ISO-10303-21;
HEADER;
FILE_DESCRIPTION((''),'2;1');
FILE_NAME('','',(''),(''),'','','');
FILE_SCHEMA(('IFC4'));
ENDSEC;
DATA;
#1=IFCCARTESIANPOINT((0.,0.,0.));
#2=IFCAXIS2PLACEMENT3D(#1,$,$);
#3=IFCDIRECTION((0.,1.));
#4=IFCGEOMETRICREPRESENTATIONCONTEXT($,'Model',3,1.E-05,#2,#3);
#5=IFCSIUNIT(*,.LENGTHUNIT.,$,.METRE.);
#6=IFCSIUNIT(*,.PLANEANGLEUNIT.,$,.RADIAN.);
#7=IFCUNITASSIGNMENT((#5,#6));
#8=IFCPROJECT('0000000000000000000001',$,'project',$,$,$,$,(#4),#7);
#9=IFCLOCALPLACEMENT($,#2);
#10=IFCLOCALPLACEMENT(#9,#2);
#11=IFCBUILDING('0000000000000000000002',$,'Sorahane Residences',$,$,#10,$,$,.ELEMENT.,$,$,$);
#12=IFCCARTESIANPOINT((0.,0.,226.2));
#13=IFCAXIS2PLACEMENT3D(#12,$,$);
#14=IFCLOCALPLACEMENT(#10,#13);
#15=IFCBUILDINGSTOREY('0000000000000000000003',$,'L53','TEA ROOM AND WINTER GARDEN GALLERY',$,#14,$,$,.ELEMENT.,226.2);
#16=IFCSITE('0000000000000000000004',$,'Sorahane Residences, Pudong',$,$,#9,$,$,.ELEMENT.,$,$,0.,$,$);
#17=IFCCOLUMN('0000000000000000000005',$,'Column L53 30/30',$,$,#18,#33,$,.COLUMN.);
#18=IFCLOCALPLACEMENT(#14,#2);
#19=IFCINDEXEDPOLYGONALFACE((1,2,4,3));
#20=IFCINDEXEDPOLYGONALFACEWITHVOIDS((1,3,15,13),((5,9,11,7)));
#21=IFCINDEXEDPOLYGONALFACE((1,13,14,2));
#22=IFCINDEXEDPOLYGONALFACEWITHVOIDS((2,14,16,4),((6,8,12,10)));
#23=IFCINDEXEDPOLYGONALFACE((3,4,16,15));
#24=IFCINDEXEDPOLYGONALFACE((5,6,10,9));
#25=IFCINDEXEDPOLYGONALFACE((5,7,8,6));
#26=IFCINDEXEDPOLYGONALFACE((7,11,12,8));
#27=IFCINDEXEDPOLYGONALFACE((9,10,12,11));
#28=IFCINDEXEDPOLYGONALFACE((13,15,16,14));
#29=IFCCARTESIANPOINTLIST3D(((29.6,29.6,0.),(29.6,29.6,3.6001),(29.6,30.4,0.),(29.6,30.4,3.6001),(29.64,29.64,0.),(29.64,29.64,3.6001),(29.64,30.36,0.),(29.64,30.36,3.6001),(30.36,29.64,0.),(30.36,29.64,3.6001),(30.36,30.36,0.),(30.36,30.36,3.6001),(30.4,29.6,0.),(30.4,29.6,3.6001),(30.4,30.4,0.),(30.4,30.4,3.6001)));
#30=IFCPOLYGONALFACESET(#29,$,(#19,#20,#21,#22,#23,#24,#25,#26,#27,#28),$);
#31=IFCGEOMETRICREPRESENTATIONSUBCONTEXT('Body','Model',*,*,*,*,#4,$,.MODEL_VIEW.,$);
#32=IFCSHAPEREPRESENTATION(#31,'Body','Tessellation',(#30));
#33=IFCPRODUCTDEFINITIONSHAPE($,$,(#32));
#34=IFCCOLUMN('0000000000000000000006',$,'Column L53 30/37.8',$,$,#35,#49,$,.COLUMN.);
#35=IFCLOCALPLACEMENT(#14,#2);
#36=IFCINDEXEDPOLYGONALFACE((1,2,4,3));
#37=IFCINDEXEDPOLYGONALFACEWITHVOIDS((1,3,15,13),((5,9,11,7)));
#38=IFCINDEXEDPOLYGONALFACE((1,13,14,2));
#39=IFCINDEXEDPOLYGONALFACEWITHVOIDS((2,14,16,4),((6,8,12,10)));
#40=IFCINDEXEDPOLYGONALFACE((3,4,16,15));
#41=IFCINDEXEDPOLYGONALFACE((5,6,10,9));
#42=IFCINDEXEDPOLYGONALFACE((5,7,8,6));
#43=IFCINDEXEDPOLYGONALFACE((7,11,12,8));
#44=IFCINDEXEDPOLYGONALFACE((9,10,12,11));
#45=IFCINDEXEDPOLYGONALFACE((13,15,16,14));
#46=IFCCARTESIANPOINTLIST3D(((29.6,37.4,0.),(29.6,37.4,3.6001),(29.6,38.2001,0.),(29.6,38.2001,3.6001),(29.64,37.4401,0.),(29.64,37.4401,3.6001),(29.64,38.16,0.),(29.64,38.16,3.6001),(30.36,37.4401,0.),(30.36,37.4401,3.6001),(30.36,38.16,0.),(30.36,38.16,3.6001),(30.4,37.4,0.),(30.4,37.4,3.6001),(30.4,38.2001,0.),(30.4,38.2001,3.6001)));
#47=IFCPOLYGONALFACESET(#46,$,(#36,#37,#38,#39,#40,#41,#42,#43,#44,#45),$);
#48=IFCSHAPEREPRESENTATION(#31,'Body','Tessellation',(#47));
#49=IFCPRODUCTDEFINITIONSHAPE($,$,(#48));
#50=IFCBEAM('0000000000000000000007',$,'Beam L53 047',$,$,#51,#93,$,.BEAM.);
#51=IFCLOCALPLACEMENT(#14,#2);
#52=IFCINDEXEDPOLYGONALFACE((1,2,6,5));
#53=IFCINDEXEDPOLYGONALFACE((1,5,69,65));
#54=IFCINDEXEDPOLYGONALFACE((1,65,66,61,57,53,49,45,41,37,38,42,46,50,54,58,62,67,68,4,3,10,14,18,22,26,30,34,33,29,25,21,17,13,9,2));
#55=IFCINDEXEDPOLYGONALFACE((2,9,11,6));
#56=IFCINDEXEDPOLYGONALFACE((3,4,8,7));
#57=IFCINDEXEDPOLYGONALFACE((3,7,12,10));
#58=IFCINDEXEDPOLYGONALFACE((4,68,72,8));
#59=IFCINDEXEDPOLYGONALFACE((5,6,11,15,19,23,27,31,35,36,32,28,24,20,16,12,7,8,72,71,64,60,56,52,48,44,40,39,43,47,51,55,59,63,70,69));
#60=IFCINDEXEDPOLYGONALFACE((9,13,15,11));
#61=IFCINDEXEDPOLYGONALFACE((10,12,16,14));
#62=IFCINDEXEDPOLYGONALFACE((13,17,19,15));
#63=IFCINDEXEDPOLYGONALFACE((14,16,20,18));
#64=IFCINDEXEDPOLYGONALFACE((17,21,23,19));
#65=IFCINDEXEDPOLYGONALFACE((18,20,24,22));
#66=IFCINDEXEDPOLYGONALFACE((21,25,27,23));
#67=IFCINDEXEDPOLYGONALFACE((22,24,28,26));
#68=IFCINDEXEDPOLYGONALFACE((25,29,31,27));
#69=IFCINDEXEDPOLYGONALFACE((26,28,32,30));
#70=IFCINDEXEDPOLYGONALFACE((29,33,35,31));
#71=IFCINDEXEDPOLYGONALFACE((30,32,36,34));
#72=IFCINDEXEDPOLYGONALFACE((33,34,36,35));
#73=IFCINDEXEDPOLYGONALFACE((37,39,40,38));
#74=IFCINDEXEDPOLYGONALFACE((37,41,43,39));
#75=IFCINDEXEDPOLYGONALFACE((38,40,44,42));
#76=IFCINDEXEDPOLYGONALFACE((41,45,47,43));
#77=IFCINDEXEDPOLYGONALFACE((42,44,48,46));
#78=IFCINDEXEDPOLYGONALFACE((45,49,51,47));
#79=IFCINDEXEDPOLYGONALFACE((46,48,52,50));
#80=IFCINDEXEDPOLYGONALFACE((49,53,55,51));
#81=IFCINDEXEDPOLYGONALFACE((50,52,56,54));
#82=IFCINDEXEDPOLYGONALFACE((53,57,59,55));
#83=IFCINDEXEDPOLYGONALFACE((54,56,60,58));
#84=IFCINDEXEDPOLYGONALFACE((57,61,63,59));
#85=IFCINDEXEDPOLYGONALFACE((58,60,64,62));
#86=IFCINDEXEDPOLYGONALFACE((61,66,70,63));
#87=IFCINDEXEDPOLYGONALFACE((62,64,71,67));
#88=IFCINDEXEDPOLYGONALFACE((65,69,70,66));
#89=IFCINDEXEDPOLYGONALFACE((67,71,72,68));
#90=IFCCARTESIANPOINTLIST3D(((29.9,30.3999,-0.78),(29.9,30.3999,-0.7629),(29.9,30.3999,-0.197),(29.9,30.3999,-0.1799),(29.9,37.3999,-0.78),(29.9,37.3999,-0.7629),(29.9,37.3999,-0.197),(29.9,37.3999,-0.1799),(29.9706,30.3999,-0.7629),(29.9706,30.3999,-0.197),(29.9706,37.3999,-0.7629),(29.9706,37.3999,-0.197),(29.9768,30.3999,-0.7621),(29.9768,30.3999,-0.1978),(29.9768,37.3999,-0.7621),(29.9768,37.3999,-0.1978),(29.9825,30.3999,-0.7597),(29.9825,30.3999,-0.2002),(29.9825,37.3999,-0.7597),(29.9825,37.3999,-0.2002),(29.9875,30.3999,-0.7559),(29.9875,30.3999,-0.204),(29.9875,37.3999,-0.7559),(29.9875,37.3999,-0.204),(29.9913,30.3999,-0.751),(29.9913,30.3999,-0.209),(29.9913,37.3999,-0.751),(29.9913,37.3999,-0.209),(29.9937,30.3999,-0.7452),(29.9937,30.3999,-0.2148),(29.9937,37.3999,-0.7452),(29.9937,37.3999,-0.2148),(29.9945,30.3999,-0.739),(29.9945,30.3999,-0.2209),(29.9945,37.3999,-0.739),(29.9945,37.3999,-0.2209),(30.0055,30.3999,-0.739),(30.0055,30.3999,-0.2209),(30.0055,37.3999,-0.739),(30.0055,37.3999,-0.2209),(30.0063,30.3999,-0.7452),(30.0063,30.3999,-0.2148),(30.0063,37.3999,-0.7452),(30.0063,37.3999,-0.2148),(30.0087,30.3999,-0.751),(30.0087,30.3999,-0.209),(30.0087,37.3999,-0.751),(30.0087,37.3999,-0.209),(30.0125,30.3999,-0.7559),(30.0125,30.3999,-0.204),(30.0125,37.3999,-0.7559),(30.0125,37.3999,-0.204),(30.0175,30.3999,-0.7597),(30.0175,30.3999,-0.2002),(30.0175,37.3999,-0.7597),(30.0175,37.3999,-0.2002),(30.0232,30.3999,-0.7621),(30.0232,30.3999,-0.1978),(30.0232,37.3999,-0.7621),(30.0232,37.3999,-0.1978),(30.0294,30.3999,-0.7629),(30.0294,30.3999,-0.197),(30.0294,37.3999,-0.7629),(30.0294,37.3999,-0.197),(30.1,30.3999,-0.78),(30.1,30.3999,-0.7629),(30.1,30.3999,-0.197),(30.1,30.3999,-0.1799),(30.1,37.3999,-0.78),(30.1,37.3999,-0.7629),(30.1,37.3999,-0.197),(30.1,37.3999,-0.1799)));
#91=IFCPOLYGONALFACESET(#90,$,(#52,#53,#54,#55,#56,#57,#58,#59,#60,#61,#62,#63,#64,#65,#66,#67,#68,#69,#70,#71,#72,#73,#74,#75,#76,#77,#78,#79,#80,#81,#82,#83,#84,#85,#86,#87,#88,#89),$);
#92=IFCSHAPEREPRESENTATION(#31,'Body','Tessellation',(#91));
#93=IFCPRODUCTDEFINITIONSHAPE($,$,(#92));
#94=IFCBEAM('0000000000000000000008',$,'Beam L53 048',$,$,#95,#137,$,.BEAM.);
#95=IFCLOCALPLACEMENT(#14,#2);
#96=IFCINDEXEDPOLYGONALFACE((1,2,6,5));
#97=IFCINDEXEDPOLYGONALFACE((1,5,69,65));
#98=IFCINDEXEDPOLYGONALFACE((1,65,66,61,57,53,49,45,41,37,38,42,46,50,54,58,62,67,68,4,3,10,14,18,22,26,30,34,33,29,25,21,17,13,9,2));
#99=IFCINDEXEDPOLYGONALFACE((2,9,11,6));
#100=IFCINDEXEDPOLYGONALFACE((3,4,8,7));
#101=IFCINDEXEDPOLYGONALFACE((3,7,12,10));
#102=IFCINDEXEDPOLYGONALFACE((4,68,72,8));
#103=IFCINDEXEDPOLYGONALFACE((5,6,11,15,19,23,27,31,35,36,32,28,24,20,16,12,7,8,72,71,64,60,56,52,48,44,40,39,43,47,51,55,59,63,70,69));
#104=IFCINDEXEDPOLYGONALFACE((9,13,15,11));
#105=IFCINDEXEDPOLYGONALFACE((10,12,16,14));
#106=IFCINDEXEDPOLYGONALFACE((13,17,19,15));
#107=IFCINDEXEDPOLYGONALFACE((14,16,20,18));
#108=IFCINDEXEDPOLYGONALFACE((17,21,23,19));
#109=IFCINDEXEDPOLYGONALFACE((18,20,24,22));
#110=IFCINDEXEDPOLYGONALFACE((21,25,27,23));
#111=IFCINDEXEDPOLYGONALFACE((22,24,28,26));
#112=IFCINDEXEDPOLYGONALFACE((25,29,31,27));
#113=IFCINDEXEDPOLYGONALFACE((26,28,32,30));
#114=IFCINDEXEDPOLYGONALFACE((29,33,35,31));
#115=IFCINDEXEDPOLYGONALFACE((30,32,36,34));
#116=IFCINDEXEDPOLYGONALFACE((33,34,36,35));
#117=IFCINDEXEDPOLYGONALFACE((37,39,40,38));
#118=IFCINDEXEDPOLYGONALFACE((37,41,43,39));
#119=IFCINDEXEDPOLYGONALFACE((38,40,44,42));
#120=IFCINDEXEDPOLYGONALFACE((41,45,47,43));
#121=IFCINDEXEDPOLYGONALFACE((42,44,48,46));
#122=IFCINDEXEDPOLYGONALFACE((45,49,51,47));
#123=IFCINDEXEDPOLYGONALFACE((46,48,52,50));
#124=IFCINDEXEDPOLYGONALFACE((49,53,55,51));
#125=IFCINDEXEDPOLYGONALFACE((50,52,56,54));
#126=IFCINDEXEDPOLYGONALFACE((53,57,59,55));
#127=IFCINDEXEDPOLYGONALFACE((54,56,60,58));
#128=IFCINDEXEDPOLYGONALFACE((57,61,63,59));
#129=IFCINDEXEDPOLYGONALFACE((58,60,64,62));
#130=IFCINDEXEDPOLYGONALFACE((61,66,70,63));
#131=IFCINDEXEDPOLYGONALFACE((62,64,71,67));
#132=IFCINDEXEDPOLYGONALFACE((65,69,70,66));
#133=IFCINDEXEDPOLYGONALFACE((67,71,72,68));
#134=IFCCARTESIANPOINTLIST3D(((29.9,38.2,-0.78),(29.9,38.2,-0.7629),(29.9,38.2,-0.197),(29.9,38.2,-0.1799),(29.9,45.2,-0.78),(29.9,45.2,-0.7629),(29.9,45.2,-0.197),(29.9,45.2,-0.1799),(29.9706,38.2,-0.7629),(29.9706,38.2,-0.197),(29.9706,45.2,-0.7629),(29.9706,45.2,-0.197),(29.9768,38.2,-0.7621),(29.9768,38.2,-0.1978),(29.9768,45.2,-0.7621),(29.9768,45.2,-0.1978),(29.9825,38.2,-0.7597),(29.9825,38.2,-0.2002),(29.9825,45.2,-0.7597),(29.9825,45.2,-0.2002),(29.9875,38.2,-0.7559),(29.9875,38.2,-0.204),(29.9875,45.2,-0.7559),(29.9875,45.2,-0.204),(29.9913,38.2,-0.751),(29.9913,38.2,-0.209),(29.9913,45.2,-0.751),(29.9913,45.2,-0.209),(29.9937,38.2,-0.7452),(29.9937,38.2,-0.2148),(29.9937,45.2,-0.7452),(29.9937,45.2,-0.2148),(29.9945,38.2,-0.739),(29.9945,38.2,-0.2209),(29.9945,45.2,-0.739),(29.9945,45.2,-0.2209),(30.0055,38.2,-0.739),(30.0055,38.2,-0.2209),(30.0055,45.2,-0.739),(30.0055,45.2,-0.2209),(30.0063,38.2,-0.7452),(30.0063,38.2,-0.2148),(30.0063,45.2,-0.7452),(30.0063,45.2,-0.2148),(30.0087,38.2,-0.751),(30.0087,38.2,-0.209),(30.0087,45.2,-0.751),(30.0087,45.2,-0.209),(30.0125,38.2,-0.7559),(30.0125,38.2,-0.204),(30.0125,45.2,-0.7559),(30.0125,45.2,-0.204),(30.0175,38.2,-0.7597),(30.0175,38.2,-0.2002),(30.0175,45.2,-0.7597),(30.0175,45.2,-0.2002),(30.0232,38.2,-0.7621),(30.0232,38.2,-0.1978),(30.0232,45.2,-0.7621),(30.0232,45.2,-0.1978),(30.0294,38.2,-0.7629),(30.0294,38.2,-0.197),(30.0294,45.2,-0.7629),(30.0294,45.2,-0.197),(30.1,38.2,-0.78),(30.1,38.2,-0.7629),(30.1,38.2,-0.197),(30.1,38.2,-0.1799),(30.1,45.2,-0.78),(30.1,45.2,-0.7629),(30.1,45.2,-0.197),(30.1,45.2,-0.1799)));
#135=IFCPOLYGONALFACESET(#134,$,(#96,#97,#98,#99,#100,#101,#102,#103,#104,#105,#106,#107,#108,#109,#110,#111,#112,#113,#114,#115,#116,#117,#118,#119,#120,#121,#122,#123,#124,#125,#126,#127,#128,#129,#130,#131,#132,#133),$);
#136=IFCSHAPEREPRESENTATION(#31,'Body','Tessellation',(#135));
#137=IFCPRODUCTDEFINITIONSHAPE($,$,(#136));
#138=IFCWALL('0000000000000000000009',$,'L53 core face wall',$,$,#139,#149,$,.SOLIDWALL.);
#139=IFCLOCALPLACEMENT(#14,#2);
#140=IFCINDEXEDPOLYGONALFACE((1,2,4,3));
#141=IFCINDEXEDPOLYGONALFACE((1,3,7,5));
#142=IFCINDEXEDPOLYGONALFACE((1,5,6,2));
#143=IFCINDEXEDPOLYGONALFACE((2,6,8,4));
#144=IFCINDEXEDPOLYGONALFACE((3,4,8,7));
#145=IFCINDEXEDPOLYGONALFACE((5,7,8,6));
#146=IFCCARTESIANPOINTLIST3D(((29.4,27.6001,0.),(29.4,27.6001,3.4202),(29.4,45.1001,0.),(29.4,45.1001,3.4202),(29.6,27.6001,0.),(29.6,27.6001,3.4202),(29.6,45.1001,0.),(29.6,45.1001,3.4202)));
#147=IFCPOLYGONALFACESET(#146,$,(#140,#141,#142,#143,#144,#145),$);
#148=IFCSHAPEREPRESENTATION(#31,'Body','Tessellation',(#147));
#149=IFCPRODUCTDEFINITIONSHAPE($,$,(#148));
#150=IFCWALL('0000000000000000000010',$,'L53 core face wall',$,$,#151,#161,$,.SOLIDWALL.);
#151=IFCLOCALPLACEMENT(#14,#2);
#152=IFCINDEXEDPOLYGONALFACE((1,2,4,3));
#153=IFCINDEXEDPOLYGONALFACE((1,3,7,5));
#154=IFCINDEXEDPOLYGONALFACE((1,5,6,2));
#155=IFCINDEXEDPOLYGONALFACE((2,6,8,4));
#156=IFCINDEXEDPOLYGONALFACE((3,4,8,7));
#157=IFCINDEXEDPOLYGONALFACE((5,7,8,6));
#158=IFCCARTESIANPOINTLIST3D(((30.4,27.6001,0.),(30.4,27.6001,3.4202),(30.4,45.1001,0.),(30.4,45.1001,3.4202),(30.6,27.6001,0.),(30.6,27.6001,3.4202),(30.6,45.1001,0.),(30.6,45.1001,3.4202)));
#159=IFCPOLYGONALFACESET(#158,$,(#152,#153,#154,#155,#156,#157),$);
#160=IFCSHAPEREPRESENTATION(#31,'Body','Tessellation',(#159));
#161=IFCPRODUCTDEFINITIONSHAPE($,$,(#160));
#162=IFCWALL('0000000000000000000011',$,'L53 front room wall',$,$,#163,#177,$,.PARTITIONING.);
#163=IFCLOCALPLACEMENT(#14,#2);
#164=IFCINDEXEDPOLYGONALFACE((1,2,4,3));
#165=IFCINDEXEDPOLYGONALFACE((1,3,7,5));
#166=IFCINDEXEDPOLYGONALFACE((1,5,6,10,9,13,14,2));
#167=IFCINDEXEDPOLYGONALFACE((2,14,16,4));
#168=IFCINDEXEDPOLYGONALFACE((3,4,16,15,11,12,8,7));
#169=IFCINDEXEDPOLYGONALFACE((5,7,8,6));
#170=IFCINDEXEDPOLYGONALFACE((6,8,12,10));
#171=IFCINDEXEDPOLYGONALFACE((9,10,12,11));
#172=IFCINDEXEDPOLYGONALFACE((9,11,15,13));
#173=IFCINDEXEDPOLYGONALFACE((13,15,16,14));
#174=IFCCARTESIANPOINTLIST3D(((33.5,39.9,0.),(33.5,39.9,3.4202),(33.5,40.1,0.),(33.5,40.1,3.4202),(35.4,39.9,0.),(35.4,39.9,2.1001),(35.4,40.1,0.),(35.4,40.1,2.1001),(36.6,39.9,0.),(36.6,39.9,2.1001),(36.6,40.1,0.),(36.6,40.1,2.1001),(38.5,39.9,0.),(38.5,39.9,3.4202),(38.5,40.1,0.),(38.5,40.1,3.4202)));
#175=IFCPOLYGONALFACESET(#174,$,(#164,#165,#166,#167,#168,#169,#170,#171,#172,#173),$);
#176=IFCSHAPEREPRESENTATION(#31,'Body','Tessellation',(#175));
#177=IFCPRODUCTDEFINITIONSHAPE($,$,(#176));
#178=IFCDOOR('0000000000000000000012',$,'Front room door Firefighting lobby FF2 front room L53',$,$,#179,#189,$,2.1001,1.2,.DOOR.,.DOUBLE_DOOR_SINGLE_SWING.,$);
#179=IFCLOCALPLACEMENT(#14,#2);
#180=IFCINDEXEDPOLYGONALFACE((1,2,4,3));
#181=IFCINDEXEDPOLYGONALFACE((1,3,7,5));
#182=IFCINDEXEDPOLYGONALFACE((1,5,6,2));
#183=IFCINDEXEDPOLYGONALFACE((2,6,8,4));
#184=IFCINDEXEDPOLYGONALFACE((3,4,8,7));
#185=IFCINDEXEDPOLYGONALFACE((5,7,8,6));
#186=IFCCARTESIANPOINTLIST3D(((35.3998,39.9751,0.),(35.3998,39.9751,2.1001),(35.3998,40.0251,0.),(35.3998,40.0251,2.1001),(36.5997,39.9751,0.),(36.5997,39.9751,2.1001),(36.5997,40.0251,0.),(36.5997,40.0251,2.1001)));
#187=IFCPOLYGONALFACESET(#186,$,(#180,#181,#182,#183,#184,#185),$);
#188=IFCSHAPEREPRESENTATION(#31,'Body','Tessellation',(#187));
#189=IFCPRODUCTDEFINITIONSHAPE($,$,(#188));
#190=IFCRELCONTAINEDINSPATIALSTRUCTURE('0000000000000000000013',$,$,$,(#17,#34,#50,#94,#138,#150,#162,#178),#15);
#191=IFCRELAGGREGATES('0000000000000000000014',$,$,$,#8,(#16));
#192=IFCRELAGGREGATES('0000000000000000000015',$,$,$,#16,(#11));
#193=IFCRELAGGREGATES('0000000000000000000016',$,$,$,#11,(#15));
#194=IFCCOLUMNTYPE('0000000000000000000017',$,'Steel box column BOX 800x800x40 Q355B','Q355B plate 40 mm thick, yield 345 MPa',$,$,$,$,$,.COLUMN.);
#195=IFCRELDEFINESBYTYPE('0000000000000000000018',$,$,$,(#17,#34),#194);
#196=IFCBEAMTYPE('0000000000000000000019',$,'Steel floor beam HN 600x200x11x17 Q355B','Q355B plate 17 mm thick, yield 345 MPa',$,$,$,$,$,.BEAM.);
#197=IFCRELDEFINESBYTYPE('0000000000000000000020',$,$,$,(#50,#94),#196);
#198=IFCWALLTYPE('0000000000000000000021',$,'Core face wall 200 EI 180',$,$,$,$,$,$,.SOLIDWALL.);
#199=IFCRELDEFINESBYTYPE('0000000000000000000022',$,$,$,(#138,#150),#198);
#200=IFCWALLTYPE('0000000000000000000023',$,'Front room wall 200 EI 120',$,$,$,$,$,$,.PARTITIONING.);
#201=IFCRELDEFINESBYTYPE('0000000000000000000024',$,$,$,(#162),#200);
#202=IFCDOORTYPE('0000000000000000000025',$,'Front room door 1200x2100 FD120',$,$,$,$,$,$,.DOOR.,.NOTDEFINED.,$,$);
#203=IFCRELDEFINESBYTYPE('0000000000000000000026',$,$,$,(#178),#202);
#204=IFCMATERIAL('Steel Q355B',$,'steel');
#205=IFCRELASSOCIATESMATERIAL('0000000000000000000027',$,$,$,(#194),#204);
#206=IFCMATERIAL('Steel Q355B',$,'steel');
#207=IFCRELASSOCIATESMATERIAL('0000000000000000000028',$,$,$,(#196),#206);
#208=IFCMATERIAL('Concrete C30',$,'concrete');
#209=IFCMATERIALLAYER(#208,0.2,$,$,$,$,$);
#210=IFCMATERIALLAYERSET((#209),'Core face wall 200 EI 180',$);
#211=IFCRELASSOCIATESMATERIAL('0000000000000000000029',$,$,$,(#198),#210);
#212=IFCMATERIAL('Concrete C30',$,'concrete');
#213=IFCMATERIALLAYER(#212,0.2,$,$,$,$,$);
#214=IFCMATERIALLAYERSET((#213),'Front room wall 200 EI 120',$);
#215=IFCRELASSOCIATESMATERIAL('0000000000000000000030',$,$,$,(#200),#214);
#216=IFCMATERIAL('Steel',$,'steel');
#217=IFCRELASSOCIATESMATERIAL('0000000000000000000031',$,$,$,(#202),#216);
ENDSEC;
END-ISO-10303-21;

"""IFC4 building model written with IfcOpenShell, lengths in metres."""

from ifc_helpers import new_model, si_unit, direction, frame, frame_2d, origin, origin_2d, place, context, subcontext, project, spatial, rectangle, hollow_rectangle, i_section, extrude, material, layer, layer_set, material_profile, profile_set, type_object, element, fill, save


model = new_model("IFC4")

# Units and contexts
model_context = context("Model", 3, precision=1e-05, world=origin(), true_north=direction((0.0, 1.0)))
body_context = subcontext(model_context, "Body", "Model", "MODEL_VIEW")
ifc_project = project(units=[si_unit("LENGTHUNIT", "METRE"), si_unit("PLANEANGLEUNIT", "RADIAN")], contexts=[model_context])

# Site, building, storey
site_placement = place(None, origin())
site = spatial("IfcSite", under=ifc_project, at=site_placement, Name="Sorahane Residences, Pudong", CompositionType="ELEMENT", RefElevation=0.0)
building_placement = place(site_placement, origin())
building = spatial("IfcBuilding", under=site, at=building_placement, Name="Sorahane Residences", CompositionType="ELEMENT")
storey_placement = place(building_placement, frame((0.0, 0.0, 226.2)))
storey = spatial("IfcBuildingStorey", under=building, at=storey_placement, Name="L53", Description="TEA ROOM AND WINTER GARDEN GALLERY", CompositionType="ELEMENT", Elevation=226.2)

# Columns
ifc_material_1 = material(Name="Steel Q355B", Category="steel")
ifc_material_profile_1 = material_profile(ifc_material_1, hollow_rectangle(XDim=0.8, YDim=0.8, WallThickness=0.04, at=origin_2d()), Name="BOX 800x800x40")
ifc_profile_set_1 = profile_set([ifc_material_profile_1], Name="Steel Q355B")
column_type = type_object("IfcColumnType", Name="Steel box column BOX 800x800x40 Q355B", Description="Q355B plate 40 mm thick, yield 345 MPa", PredefinedType="COLUMN", material=ifc_profile_set_1)
for number, where, z_axis, x_axis, name in (
    (1, (30.0, 30.0, 0.0), (0.0, 0.0, 1.0), (1.0, 0.0, 0.0), "Column L53 30/30"),
    (2, (30.0, 37.8, 0.0), (0.0, 0.0, 1.0), (1.0, 0.0, 0.0), "Column L53 30/37.8"),
):
    element("IfcColumn", number, at=place(storey_placement, frame(where, z_axis=z_axis, x_axis=x_axis)), inside=storey, type_object=column_type, Name=name, PredefinedType="COLUMN", context=body_context, shape_type="SweptSolid", body=[
        extrude(hollow_rectangle(XDim=0.8, YDim=0.8, WallThickness=0.04, at=origin_2d()), origin(), (0.0, 0.0, 1.0), 3.6001),
    ])

# Beams
ifc_material_2 = material(Name="Steel Q355B", Category="steel")
ifc_material_profile_2 = material_profile(ifc_material_2, i_section(OverallWidth=0.2, OverallDepth=0.6001, WebThickness=0.011, FlangeThickness=0.0171, FilletRadius=0.0239, at=origin_2d()), Name="HN 600x200x11x17")
ifc_profile_set_2 = profile_set([ifc_material_profile_2], Name="Steel Q355B")
beam_type = type_object("IfcBeamType", Name="Steel floor beam HN 600x200x11x17 Q355B", Description="Q355B plate 17 mm thick, yield 345 MPa", PredefinedType="BEAM", material=ifc_profile_set_2)
for number, where, z_axis, x_axis, name in (
    (3, (30.0, 30.3999, -0.48), (0.0, 1.0, 0.0), (-1.0, 0.0, 0.0), "Beam L53 047"),
    (4, (30.0, 38.2, -0.48), (0.0, 1.0, 0.0), (-1.0, 0.0, 0.0), "Beam L53 048"),
):
    element("IfcBeam", number, at=place(storey_placement, frame(where, z_axis=z_axis, x_axis=x_axis)), inside=storey, type_object=beam_type, Name=name, PredefinedType="BEAM", context=body_context, shape_type="SweptSolid", body=[
        extrude(i_section(OverallWidth=0.2, OverallDepth=0.6001, WebThickness=0.011, FlangeThickness=0.0171, FilletRadius=0.0239, at=origin_2d()), origin(), (0.0, 0.0, 1.0), 7.0),
    ])

# Walls
ifc_material_3 = material(Name="Concrete C30", Category="concrete")
ifc_layer_1 = layer(ifc_material_3, 0.2)
ifc_layer_set_1 = layer_set([ifc_layer_1], Name="Core face wall 200 EI 180")
wall_type_1 = type_object("IfcWallType", Name="Core face wall 200 EI 180", PredefinedType="SOLIDWALL", material=ifc_layer_set_1)
for number, where, z_axis, x_axis, name in (
    (5, (29.5, 27.6001, 0.0), (0.0, 0.0, 1.0), (0.0, 1.0, 0.0), "L53 core face wall"),
    (6, (30.5, 27.6001, 0.0), (0.0, 0.0, 1.0), (0.0, 1.0, 0.0), "L53 core face wall"),
):
    element("IfcWall", number, at=place(storey_placement, frame(where, z_axis=z_axis, x_axis=x_axis)), inside=storey, type_object=wall_type_1, Name=name, PredefinedType="SOLIDWALL", context=body_context, shape_type="SweptSolid", body=[
        extrude(rectangle(XDim=17.5, YDim=0.2, at=frame_2d((8.75, 0.0))), origin(), (0.0, 0.0, 1.0), 3.4202),
    ])

# Wall, opening, door
ifc_material_4 = material(Name="Concrete C30", Category="concrete")
ifc_layer_2 = layer(ifc_material_4, 0.2)
ifc_layer_set_2 = layer_set([ifc_layer_2], Name="Front room wall 200 EI 120")
wall_type_2 = type_object("IfcWallType", Name="Front room wall 200 EI 120", PredefinedType="PARTITIONING", material=ifc_layer_set_2)
wall_1_placement = place(storey_placement, frame((33.5, 40.0, 0.0), z_axis=(0.0, 0.0, 1.0), x_axis=(1.0, 0.0, 0.0)))
wall_1 = element("IfcWall", 7, at=wall_1_placement, inside=storey, type_object=wall_type_2, Name="L53 front room wall", PredefinedType="PARTITIONING", context=body_context, shape_type="SweptSolid", body=[
    extrude(rectangle(XDim=5.0, YDim=0.2, at=frame_2d((2.5, 0.0))), origin(), (0.0, 0.0, 1.0), 3.4202),
])
opening_1_placement = place(wall_1_placement, frame((1.8999, 0.0, 0.0)))
opening_1 = element("IfcOpeningElement", 8, at=opening_1_placement, cuts=wall_1, PredefinedType="OPENING", context=body_context, shape_type="SweptSolid", body=[
    extrude(rectangle(XDim=1.2, YDim=2.1001, at=frame_2d((0.6001, 1.05))), frame((0.0, 0.1099, 0.0), z_axis=(0.0, -1.0, 0.0), x_axis=(1.0, 0.0, 0.0)), (0.0, 0.0, 1.0), 0.22),
])
ifc_material_5 = material(Name="Steel", Category="steel")
door_type_1 = type_object("IfcDoorType", Name="Front room door 1200x2100 FD120", OperationType="NOTDEFINED", PredefinedType="DOOR", material=ifc_material_5)
door_1_placement = place(opening_1_placement, frame((1.2, 0.0, 0.0), z_axis=(0.0, 0.0, 1.0), x_axis=(-1.0, 0.0, 0.0)))
door_1 = element("IfcDoor", 9, at=door_1_placement, inside=storey, type_object=door_type_1, Name="Front room door Firefighting lobby FF2 front room L53", OperationType="DOUBLE_DOOR_SINGLE_SWING", OverallHeight=2.1001, OverallWidth=1.2, PredefinedType="DOOR", context=body_context, shape_type="SweptSolid", body=[
    extrude(rectangle(XDim=1.2, YDim=2.1001, at=frame_2d((0.6001, 1.05))), frame((0.0, 0.0249, 0.0), z_axis=(0.0, -1.0, 0.0), x_axis=(1.0, 0.0, 0.0)), (0.0, 0.0, 1.0), 0.05),
])
fill(opening_1, door_1)

save(model, "model.ifc")
